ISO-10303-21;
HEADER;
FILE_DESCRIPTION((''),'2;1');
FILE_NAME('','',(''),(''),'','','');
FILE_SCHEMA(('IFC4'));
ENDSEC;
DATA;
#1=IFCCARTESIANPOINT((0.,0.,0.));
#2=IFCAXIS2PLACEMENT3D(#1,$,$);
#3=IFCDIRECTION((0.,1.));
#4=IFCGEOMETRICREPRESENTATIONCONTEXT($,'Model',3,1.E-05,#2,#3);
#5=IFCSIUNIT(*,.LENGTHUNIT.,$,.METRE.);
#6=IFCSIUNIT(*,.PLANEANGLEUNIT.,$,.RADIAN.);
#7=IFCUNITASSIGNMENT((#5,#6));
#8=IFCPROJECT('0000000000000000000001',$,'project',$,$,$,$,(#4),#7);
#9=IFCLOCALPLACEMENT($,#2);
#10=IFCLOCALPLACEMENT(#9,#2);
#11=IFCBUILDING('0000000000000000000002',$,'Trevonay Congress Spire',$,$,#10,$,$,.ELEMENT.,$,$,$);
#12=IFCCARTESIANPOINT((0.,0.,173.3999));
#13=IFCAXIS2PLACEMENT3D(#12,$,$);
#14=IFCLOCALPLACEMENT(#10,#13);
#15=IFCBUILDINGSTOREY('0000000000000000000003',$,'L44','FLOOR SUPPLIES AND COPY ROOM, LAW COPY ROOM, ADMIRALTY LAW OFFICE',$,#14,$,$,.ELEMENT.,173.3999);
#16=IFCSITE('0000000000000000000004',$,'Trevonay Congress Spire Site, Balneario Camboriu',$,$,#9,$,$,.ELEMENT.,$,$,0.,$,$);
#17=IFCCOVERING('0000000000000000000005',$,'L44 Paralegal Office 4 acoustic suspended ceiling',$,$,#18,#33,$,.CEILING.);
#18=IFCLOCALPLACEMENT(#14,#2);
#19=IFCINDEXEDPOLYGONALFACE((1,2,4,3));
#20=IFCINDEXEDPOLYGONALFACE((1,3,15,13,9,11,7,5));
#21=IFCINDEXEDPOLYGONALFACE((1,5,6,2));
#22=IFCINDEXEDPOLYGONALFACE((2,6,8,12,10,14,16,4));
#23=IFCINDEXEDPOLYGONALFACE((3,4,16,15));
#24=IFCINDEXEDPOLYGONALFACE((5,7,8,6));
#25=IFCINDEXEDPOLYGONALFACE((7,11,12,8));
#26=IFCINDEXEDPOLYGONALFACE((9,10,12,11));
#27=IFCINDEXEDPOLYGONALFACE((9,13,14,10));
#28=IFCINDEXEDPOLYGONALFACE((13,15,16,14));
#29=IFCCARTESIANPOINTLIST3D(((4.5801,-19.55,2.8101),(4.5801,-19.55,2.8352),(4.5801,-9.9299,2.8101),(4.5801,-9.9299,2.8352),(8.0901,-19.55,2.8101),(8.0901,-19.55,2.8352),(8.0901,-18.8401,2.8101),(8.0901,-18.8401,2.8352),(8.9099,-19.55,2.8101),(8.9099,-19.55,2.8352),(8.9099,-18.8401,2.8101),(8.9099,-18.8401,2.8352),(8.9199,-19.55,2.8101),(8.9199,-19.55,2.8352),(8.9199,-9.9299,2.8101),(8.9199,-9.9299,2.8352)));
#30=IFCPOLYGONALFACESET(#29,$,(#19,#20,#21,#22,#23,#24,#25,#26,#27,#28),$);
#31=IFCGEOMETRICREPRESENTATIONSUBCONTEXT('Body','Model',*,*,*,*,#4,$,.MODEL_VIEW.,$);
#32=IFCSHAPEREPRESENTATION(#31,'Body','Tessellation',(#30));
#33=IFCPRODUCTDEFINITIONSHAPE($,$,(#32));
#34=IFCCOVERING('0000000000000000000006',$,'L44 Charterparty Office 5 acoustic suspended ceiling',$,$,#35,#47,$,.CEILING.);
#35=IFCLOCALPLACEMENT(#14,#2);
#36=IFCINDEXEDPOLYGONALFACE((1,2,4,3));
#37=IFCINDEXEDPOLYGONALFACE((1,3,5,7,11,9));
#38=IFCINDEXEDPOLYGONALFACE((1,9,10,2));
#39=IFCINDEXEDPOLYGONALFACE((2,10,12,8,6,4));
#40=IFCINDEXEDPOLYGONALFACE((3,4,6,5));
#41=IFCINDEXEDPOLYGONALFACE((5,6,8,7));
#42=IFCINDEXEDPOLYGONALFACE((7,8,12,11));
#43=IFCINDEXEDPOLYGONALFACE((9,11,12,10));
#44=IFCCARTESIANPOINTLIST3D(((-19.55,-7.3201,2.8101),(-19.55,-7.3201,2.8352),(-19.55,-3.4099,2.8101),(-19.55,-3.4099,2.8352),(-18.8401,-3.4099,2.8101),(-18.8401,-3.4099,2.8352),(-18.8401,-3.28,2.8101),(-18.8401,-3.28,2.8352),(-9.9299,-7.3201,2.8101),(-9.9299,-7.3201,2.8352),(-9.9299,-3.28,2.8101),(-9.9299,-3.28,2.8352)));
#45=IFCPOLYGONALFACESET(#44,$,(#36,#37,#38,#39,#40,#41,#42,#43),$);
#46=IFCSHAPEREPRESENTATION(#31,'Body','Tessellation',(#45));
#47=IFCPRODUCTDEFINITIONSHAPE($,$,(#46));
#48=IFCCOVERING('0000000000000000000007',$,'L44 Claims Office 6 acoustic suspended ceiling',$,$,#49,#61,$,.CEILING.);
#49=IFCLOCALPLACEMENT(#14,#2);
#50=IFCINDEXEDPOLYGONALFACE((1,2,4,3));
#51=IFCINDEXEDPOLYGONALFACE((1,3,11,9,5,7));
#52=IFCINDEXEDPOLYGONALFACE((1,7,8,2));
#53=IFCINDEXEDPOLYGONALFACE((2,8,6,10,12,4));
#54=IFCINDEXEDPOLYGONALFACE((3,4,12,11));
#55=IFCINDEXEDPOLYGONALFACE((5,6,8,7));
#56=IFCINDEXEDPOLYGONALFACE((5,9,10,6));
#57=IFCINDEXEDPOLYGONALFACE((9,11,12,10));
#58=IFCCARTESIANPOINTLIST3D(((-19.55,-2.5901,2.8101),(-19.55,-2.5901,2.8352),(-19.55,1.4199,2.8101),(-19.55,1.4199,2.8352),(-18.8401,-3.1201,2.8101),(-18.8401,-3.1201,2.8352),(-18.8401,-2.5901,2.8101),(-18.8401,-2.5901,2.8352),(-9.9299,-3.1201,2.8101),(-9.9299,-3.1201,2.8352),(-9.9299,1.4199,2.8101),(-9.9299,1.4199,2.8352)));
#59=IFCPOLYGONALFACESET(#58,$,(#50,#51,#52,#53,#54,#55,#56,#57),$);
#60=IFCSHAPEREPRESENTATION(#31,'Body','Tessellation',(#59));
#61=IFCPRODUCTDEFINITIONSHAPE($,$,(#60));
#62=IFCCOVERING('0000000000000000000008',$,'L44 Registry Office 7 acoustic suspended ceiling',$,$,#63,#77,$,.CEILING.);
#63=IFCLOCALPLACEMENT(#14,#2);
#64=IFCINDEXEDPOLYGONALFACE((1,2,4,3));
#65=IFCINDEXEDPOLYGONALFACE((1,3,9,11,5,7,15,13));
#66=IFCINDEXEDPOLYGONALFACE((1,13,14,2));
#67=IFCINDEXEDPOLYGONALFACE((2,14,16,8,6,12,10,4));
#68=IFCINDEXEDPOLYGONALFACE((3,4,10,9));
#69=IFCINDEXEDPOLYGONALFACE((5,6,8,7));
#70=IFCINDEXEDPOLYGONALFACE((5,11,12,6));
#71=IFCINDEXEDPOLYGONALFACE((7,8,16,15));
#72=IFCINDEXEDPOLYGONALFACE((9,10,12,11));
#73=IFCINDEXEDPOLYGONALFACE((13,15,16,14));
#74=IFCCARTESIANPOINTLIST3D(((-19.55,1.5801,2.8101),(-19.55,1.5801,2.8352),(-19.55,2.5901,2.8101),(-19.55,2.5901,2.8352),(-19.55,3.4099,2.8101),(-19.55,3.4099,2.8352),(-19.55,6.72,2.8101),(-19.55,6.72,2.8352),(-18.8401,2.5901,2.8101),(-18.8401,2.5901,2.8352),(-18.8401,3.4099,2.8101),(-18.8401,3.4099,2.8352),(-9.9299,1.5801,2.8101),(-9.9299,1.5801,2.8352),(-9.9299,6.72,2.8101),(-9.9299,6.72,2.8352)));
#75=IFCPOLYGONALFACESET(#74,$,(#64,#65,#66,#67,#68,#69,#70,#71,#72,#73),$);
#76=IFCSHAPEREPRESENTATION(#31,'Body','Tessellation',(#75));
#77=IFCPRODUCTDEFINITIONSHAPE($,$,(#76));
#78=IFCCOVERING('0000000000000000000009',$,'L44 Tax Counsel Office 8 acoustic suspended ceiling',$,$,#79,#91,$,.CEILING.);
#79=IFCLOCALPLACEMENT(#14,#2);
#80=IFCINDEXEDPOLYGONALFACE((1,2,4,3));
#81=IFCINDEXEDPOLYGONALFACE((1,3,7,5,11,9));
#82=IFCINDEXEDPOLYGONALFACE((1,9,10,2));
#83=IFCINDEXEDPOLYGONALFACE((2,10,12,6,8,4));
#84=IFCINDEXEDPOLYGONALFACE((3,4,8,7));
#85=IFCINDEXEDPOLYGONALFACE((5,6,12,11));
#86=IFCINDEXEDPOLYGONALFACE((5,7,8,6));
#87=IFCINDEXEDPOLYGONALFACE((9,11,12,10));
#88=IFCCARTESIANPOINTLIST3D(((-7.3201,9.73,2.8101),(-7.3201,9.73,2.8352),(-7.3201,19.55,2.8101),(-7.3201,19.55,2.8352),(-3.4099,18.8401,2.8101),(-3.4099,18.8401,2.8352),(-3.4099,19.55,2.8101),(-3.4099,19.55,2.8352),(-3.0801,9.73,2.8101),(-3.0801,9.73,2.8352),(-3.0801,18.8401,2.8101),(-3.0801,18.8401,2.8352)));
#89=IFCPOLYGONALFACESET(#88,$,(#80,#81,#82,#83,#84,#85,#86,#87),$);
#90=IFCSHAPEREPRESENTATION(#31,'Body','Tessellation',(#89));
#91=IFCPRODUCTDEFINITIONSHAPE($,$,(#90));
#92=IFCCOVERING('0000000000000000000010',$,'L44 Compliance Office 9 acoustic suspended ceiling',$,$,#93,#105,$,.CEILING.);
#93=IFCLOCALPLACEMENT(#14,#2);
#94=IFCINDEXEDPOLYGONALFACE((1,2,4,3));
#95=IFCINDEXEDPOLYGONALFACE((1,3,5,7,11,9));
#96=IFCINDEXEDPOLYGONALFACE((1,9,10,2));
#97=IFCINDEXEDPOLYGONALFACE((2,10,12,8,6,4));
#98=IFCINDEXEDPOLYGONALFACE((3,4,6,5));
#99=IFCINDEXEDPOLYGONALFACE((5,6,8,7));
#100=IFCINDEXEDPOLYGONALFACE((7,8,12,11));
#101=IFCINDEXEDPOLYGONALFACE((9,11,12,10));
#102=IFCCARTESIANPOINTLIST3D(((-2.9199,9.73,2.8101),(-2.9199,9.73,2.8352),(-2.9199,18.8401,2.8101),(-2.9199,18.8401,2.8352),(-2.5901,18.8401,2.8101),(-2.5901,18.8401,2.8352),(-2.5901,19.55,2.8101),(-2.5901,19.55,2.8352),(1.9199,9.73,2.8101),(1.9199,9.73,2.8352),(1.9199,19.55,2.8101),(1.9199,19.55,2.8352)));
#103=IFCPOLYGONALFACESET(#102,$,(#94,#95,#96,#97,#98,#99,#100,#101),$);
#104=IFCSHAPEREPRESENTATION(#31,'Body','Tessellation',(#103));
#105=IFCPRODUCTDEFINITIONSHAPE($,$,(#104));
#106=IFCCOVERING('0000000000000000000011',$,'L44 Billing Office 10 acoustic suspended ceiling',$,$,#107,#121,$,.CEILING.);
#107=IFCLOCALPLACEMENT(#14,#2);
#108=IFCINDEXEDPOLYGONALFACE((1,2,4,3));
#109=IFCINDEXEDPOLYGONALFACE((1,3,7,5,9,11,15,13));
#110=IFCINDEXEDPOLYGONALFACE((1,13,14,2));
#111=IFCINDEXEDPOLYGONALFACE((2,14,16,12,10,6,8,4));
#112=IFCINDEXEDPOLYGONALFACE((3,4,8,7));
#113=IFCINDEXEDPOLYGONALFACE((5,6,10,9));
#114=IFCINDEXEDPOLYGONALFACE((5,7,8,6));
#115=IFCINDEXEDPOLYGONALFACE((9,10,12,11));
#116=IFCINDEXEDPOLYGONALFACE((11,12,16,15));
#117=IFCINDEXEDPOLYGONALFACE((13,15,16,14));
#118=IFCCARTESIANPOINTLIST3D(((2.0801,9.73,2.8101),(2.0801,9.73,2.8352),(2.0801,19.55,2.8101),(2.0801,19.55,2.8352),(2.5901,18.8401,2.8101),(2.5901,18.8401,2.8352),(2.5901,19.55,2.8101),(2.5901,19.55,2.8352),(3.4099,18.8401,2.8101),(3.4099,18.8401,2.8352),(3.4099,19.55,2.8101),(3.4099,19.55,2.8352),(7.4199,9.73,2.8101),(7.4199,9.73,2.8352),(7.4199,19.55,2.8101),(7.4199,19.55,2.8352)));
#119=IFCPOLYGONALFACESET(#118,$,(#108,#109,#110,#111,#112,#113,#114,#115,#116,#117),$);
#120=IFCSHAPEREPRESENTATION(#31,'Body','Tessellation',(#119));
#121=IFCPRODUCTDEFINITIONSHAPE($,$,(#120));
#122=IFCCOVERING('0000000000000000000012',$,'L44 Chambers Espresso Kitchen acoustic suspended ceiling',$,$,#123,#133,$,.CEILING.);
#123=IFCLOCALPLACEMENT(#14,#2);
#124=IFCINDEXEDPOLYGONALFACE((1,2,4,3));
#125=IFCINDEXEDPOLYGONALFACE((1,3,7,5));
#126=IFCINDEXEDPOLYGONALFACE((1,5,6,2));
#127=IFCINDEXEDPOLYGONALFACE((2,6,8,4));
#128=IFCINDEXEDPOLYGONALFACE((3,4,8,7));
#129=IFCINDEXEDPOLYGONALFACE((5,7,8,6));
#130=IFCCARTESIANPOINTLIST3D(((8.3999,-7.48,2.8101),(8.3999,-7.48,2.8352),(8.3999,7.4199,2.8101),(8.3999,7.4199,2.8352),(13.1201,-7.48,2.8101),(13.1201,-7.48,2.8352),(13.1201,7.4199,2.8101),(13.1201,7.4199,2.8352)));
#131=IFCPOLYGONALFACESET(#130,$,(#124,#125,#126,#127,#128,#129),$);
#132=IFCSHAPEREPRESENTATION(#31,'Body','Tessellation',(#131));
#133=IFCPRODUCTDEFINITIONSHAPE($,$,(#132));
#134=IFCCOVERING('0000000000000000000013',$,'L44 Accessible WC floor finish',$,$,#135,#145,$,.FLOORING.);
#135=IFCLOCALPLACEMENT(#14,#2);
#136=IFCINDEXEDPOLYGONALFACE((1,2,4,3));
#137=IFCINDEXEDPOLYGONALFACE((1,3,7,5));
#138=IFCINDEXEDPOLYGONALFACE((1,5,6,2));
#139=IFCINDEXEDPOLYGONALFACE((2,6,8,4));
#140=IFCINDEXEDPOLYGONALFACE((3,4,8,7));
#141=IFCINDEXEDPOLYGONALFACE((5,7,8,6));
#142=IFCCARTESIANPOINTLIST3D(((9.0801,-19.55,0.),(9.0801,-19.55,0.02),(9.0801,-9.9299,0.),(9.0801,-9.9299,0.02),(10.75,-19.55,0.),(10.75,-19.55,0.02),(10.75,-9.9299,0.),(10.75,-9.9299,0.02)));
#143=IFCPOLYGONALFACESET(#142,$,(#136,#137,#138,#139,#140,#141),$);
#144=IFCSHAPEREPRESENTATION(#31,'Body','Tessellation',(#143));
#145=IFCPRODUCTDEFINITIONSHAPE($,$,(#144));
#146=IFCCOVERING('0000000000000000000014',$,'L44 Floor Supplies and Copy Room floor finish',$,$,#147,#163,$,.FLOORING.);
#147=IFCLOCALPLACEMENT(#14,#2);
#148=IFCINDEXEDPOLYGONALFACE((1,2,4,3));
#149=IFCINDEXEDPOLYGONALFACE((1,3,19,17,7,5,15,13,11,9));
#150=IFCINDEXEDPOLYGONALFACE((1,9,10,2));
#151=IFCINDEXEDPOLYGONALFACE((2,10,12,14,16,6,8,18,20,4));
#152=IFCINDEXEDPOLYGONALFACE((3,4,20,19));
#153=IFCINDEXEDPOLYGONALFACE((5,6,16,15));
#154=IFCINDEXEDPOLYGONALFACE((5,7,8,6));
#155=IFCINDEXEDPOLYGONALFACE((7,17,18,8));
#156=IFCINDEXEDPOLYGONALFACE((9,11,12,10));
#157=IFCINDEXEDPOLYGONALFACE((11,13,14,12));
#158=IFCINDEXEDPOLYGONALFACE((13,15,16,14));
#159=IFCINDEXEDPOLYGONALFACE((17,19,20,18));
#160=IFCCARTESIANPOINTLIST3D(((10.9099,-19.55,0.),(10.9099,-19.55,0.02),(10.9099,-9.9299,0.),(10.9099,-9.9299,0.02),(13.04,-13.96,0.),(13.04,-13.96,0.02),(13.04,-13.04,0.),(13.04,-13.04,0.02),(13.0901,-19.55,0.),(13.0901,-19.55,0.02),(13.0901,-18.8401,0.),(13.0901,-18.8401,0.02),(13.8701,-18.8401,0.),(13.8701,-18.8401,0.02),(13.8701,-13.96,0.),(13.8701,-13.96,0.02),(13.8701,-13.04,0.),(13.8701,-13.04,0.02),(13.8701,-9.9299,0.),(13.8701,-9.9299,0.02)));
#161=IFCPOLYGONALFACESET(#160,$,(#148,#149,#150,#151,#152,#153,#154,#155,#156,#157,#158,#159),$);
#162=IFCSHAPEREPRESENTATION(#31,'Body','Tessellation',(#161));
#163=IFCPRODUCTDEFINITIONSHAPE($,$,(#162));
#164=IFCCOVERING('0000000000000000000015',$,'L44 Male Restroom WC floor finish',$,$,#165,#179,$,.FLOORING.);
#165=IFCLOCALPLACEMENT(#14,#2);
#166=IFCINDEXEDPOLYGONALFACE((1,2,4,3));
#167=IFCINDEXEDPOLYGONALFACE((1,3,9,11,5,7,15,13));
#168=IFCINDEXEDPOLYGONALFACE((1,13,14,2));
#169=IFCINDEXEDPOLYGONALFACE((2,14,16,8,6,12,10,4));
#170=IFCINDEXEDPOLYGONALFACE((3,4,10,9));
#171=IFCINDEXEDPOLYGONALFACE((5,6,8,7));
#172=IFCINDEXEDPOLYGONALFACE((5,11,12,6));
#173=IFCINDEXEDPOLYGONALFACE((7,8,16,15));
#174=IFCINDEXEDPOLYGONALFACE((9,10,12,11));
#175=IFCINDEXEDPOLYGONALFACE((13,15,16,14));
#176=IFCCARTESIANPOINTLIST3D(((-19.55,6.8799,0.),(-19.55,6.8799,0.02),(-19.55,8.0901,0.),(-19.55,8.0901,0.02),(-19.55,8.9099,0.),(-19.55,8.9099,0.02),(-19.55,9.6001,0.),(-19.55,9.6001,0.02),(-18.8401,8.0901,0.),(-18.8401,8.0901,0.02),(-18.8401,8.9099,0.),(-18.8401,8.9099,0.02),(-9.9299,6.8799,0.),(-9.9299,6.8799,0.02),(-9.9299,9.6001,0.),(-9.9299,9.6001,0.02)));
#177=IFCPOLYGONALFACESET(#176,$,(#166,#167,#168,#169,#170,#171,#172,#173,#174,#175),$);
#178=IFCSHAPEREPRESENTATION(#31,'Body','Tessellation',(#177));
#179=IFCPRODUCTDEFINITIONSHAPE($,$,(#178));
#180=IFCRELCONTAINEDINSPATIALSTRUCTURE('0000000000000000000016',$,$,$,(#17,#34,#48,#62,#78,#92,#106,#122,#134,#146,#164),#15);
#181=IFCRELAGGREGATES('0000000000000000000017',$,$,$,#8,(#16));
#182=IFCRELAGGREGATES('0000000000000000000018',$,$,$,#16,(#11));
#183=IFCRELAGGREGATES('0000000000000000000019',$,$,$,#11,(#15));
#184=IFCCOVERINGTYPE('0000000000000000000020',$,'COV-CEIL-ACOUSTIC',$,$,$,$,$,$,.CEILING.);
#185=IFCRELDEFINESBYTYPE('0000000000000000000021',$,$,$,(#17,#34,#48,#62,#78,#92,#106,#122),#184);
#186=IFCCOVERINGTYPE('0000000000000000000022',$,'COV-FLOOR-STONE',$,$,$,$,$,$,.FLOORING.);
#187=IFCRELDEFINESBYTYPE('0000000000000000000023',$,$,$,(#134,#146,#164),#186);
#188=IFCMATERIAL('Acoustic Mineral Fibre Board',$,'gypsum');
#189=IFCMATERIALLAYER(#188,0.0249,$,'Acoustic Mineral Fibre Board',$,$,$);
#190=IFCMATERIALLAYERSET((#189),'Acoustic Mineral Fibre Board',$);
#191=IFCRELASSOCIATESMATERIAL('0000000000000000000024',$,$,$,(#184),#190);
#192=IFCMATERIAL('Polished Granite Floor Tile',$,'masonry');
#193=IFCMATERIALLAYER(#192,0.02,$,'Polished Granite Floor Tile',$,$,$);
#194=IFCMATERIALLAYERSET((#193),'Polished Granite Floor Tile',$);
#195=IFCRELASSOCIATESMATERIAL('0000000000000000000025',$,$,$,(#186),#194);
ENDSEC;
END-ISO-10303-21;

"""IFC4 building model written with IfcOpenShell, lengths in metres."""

from ifc_helpers import new_model, si_unit, direction, frame, origin, place, context, subcontext, project, spatial, polyline, outline, extrude, material, layer, layer_set, type_object, element, save


model = new_model("IFC4")

# Units and contexts
model_context = context("Model", 3, precision=1e-05, world=origin(), true_north=direction((0.0, 1.0)))
body_context = subcontext(model_context, "Body", "Model", "MODEL_VIEW")
ifc_project = project(units=[si_unit("LENGTHUNIT", "METRE"), si_unit("PLANEANGLEUNIT", "RADIAN")], contexts=[model_context])

# Site, building, storey
site_placement = place(None, origin())
site = spatial("IfcSite", under=ifc_project, at=site_placement, Name="Trevonay Congress Spire Site, Balneario Camboriu", CompositionType="ELEMENT", RefElevation=0.0)
building_placement = place(site_placement, origin())
building = spatial("IfcBuilding", under=site, at=building_placement, Name="Trevonay Congress Spire", CompositionType="ELEMENT")
storey_placement = place(building_placement, frame((0.0, 0.0, 173.3999)))
storey = spatial("IfcBuildingStorey", under=building, at=storey_placement, Name="L44", Description="FLOOR SUPPLIES AND COPY ROOM, LAW COPY ROOM, ADMIRALTY LAW OFFICE", CompositionType="ELEMENT", Elevation=173.3999)

# Coverings
ifc_material_1 = material(Name="Acoustic Mineral Fibre Board", Category="gypsum")
ifc_layer_1 = layer(ifc_material_1, 0.0249, Name="Acoustic Mineral Fibre Board")
ifc_layer_set_1 = layer_set([ifc_layer_1], Name="Acoustic Mineral Fibre Board")
covering_type_1 = type_object("IfcCoveringType", Name="COV-CEIL-ACOUSTIC", PredefinedType="CEILING", material=ifc_layer_set_1)
covering_1_placement = place(storey_placement, frame((0.0, 0.0, 2.8101)))
element("IfcCovering", 1, at=covering_1_placement, inside=storey, type_object=covering_type_1, Name="L44 Paralegal Office 4 acoustic suspended ceiling", PredefinedType="CEILING", context=body_context, shape_type="SweptSolid", body=[
    extrude(outline(polyline([(4.5801, -19.55), (4.5801, -9.9299), (8.9199, -9.9299), (8.9199, -19.55), (8.9099, -19.55), (8.9099, -18.8401), (8.0901, -18.8401), (8.0901, -19.55), (4.5801, -19.55)])), origin(), (0.0, 0.0, 1.0), 0.0251),
])
covering_2_placement = place(storey_placement, frame((0.0, 0.0, 2.8101)))
element("IfcCovering", 2, at=covering_2_placement, inside=storey, type_object=covering_type_1, Name="L44 Charterparty Office 5 acoustic suspended ceiling", PredefinedType="CEILING", context=body_context, shape_type="SweptSolid", body=[
    extrude(outline(polyline([(-9.9299, -3.28), (-9.9299, -7.3201), (-19.55, -7.3201), (-19.55, -3.4099), (-18.8401, -3.4099), (-18.8401, -3.28), (-9.9299, -3.28)])), origin(), (0.0, 0.0, 1.0), 0.0251),
])
covering_3_placement = place(storey_placement, frame((0.0, 0.0, 2.8101)))
element("IfcCovering", 3, at=covering_3_placement, inside=storey, type_object=covering_type_1, Name="L44 Claims Office 6 acoustic suspended ceiling", PredefinedType="CEILING", context=body_context, shape_type="SweptSolid", body=[
    extrude(outline(polyline([(-19.55, 1.4199), (-9.9299, 1.4199), (-9.9299, -3.1201), (-18.8401, -3.1201), (-18.8401, -2.5901), (-19.55, -2.5901), (-19.55, 1.4199)])), origin(), (0.0, 0.0, 1.0), 0.0251),
])
covering_4_placement = place(storey_placement, frame((0.0, 0.0, 2.8101)))
element("IfcCovering", 4, at=covering_4_placement, inside=storey, type_object=covering_type_1, Name="L44 Registry Office 7 acoustic suspended ceiling", PredefinedType="CEILING", context=body_context, shape_type="SweptSolid", body=[
    extrude(outline(polyline([(-19.55, 6.72), (-9.9299, 6.72), (-9.9299, 1.5801), (-19.55, 1.5801), (-19.55, 2.5901), (-18.8401, 2.5901), (-18.8401, 3.4099), (-19.55, 3.4099), (-19.55, 6.72)])), origin(), (0.0, 0.0, 1.0), 0.0251),
])
covering_5_placement = place(storey_placement, frame((0.0, 0.0, 2.8101)))
element("IfcCovering", 5, at=covering_5_placement, inside=storey, type_object=covering_type_1, Name="L44 Tax Counsel Office 8 acoustic suspended ceiling", PredefinedType="CEILING", context=body_context, shape_type="SweptSolid", body=[
    extrude(outline(polyline([(-3.0801, 9.73), (-7.3201, 9.73), (-7.3201, 19.55), (-3.4099, 19.55), (-3.4099, 18.8401), (-3.0801, 18.8401), (-3.0801, 9.73)])), origin(), (0.0, 0.0, 1.0), 0.0251),
])
covering_6_placement = place(storey_placement, frame((0.0, 0.0, 2.8101)))
element("IfcCovering", 6, at=covering_6_placement, inside=storey, type_object=covering_type_1, Name="L44 Compliance Office 9 acoustic suspended ceiling", PredefinedType="CEILING", context=body_context, shape_type="SweptSolid", body=[
    extrude(outline(polyline([(1.9199, 19.55), (1.9199, 9.73), (-2.9199, 9.73), (-2.9199, 18.8401), (-2.5901, 18.8401), (-2.5901, 19.55), (1.9199, 19.55)])), origin(), (0.0, 0.0, 1.0), 0.0251),
])
covering_7_placement = place(storey_placement, frame((0.0, 0.0, 2.8101)))
element("IfcCovering", 7, at=covering_7_placement, inside=storey, type_object=covering_type_1, Name="L44 Billing Office 10 acoustic suspended ceiling", PredefinedType="CEILING", context=body_context, shape_type="SweptSolid", body=[
    extrude(outline(polyline([(7.4199, 19.55), (7.4199, 9.73), (2.0801, 9.73), (2.0801, 19.55), (2.5901, 19.55), (2.5901, 18.8401), (3.4099, 18.8401), (3.4099, 19.55), (7.4199, 19.55)])), origin(), (0.0, 0.0, 1.0), 0.0251),
])
covering_8_placement = place(storey_placement, frame((0.0, 0.0, 2.8101)))
element("IfcCovering", 8, at=covering_8_placement, inside=storey, type_object=covering_type_1, Name="L44 Chambers Espresso Kitchen acoustic suspended ceiling", PredefinedType="CEILING", context=body_context, shape_type="SweptSolid", body=[
    extrude(outline(polyline([(8.3999, -7.48), (13.1201, -7.48), (13.1201, 7.4199), (8.3999, 7.4199), (8.3999, -7.48)])), origin(), (0.0, 0.0, 1.0), 0.0251),
])
ifc_material_2 = material(Name="Polished Granite Floor Tile", Category="masonry")
ifc_layer_2 = layer(ifc_material_2, 0.02, Name="Polished Granite Floor Tile")
ifc_layer_set_2 = layer_set([ifc_layer_2], Name="Polished Granite Floor Tile")
covering_type_2 = type_object("IfcCoveringType", Name="COV-FLOOR-STONE", PredefinedType="FLOORING", material=ifc_layer_set_2)
covering_9_placement = place(storey_placement, origin())
element("IfcCovering", 9, at=covering_9_placement, inside=storey, type_object=covering_type_2, Name="L44 Accessible WC floor finish", PredefinedType="FLOORING", context=body_context, shape_type="SweptSolid", body=[
    extrude(outline(polyline([(9.0801, -19.55), (10.75, -19.55), (10.75, -9.9299), (9.0801, -9.9299), (9.0801, -19.55)])), origin(), (0.0, 0.0, 1.0), 0.02),
])
covering_10_placement = place(storey_placement, origin())
element("IfcCovering", 10, at=covering_10_placement, inside=storey, type_object=covering_type_2, Name="L44 Floor Supplies and Copy Room floor finish", PredefinedType="FLOORING", context=body_context, shape_type="SweptSolid", body=[
    extrude(outline(polyline([(10.9099, -19.55), (10.9099, -9.9299), (13.8701, -9.9299), (13.8701, -13.04), (13.04, -13.04), (13.04, -13.96), (13.8701, -13.96), (13.8701, -18.8401), (13.0901, -18.8401), (13.0901, -19.55), (10.9099, -19.55)])), origin(), (0.0, 0.0, 1.0), 0.02),
])
covering_11_placement = place(storey_placement, origin())
element("IfcCovering", 11, at=covering_11_placement, inside=storey, type_object=covering_type_2, Name="L44 Male Restroom WC floor finish", PredefinedType="FLOORING", context=body_context, shape_type="SweptSolid", body=[
    extrude(outline(polyline([(-19.55, 9.6001), (-9.9299, 9.6001), (-9.9299, 6.8799), (-19.55, 6.8799), (-19.55, 8.0901), (-18.8401, 8.0901), (-18.8401, 8.9099), (-19.55, 8.9099), (-19.55, 9.6001)])), origin(), (0.0, 0.0, 1.0), 0.02),
])

save(model, "model.ifc")
